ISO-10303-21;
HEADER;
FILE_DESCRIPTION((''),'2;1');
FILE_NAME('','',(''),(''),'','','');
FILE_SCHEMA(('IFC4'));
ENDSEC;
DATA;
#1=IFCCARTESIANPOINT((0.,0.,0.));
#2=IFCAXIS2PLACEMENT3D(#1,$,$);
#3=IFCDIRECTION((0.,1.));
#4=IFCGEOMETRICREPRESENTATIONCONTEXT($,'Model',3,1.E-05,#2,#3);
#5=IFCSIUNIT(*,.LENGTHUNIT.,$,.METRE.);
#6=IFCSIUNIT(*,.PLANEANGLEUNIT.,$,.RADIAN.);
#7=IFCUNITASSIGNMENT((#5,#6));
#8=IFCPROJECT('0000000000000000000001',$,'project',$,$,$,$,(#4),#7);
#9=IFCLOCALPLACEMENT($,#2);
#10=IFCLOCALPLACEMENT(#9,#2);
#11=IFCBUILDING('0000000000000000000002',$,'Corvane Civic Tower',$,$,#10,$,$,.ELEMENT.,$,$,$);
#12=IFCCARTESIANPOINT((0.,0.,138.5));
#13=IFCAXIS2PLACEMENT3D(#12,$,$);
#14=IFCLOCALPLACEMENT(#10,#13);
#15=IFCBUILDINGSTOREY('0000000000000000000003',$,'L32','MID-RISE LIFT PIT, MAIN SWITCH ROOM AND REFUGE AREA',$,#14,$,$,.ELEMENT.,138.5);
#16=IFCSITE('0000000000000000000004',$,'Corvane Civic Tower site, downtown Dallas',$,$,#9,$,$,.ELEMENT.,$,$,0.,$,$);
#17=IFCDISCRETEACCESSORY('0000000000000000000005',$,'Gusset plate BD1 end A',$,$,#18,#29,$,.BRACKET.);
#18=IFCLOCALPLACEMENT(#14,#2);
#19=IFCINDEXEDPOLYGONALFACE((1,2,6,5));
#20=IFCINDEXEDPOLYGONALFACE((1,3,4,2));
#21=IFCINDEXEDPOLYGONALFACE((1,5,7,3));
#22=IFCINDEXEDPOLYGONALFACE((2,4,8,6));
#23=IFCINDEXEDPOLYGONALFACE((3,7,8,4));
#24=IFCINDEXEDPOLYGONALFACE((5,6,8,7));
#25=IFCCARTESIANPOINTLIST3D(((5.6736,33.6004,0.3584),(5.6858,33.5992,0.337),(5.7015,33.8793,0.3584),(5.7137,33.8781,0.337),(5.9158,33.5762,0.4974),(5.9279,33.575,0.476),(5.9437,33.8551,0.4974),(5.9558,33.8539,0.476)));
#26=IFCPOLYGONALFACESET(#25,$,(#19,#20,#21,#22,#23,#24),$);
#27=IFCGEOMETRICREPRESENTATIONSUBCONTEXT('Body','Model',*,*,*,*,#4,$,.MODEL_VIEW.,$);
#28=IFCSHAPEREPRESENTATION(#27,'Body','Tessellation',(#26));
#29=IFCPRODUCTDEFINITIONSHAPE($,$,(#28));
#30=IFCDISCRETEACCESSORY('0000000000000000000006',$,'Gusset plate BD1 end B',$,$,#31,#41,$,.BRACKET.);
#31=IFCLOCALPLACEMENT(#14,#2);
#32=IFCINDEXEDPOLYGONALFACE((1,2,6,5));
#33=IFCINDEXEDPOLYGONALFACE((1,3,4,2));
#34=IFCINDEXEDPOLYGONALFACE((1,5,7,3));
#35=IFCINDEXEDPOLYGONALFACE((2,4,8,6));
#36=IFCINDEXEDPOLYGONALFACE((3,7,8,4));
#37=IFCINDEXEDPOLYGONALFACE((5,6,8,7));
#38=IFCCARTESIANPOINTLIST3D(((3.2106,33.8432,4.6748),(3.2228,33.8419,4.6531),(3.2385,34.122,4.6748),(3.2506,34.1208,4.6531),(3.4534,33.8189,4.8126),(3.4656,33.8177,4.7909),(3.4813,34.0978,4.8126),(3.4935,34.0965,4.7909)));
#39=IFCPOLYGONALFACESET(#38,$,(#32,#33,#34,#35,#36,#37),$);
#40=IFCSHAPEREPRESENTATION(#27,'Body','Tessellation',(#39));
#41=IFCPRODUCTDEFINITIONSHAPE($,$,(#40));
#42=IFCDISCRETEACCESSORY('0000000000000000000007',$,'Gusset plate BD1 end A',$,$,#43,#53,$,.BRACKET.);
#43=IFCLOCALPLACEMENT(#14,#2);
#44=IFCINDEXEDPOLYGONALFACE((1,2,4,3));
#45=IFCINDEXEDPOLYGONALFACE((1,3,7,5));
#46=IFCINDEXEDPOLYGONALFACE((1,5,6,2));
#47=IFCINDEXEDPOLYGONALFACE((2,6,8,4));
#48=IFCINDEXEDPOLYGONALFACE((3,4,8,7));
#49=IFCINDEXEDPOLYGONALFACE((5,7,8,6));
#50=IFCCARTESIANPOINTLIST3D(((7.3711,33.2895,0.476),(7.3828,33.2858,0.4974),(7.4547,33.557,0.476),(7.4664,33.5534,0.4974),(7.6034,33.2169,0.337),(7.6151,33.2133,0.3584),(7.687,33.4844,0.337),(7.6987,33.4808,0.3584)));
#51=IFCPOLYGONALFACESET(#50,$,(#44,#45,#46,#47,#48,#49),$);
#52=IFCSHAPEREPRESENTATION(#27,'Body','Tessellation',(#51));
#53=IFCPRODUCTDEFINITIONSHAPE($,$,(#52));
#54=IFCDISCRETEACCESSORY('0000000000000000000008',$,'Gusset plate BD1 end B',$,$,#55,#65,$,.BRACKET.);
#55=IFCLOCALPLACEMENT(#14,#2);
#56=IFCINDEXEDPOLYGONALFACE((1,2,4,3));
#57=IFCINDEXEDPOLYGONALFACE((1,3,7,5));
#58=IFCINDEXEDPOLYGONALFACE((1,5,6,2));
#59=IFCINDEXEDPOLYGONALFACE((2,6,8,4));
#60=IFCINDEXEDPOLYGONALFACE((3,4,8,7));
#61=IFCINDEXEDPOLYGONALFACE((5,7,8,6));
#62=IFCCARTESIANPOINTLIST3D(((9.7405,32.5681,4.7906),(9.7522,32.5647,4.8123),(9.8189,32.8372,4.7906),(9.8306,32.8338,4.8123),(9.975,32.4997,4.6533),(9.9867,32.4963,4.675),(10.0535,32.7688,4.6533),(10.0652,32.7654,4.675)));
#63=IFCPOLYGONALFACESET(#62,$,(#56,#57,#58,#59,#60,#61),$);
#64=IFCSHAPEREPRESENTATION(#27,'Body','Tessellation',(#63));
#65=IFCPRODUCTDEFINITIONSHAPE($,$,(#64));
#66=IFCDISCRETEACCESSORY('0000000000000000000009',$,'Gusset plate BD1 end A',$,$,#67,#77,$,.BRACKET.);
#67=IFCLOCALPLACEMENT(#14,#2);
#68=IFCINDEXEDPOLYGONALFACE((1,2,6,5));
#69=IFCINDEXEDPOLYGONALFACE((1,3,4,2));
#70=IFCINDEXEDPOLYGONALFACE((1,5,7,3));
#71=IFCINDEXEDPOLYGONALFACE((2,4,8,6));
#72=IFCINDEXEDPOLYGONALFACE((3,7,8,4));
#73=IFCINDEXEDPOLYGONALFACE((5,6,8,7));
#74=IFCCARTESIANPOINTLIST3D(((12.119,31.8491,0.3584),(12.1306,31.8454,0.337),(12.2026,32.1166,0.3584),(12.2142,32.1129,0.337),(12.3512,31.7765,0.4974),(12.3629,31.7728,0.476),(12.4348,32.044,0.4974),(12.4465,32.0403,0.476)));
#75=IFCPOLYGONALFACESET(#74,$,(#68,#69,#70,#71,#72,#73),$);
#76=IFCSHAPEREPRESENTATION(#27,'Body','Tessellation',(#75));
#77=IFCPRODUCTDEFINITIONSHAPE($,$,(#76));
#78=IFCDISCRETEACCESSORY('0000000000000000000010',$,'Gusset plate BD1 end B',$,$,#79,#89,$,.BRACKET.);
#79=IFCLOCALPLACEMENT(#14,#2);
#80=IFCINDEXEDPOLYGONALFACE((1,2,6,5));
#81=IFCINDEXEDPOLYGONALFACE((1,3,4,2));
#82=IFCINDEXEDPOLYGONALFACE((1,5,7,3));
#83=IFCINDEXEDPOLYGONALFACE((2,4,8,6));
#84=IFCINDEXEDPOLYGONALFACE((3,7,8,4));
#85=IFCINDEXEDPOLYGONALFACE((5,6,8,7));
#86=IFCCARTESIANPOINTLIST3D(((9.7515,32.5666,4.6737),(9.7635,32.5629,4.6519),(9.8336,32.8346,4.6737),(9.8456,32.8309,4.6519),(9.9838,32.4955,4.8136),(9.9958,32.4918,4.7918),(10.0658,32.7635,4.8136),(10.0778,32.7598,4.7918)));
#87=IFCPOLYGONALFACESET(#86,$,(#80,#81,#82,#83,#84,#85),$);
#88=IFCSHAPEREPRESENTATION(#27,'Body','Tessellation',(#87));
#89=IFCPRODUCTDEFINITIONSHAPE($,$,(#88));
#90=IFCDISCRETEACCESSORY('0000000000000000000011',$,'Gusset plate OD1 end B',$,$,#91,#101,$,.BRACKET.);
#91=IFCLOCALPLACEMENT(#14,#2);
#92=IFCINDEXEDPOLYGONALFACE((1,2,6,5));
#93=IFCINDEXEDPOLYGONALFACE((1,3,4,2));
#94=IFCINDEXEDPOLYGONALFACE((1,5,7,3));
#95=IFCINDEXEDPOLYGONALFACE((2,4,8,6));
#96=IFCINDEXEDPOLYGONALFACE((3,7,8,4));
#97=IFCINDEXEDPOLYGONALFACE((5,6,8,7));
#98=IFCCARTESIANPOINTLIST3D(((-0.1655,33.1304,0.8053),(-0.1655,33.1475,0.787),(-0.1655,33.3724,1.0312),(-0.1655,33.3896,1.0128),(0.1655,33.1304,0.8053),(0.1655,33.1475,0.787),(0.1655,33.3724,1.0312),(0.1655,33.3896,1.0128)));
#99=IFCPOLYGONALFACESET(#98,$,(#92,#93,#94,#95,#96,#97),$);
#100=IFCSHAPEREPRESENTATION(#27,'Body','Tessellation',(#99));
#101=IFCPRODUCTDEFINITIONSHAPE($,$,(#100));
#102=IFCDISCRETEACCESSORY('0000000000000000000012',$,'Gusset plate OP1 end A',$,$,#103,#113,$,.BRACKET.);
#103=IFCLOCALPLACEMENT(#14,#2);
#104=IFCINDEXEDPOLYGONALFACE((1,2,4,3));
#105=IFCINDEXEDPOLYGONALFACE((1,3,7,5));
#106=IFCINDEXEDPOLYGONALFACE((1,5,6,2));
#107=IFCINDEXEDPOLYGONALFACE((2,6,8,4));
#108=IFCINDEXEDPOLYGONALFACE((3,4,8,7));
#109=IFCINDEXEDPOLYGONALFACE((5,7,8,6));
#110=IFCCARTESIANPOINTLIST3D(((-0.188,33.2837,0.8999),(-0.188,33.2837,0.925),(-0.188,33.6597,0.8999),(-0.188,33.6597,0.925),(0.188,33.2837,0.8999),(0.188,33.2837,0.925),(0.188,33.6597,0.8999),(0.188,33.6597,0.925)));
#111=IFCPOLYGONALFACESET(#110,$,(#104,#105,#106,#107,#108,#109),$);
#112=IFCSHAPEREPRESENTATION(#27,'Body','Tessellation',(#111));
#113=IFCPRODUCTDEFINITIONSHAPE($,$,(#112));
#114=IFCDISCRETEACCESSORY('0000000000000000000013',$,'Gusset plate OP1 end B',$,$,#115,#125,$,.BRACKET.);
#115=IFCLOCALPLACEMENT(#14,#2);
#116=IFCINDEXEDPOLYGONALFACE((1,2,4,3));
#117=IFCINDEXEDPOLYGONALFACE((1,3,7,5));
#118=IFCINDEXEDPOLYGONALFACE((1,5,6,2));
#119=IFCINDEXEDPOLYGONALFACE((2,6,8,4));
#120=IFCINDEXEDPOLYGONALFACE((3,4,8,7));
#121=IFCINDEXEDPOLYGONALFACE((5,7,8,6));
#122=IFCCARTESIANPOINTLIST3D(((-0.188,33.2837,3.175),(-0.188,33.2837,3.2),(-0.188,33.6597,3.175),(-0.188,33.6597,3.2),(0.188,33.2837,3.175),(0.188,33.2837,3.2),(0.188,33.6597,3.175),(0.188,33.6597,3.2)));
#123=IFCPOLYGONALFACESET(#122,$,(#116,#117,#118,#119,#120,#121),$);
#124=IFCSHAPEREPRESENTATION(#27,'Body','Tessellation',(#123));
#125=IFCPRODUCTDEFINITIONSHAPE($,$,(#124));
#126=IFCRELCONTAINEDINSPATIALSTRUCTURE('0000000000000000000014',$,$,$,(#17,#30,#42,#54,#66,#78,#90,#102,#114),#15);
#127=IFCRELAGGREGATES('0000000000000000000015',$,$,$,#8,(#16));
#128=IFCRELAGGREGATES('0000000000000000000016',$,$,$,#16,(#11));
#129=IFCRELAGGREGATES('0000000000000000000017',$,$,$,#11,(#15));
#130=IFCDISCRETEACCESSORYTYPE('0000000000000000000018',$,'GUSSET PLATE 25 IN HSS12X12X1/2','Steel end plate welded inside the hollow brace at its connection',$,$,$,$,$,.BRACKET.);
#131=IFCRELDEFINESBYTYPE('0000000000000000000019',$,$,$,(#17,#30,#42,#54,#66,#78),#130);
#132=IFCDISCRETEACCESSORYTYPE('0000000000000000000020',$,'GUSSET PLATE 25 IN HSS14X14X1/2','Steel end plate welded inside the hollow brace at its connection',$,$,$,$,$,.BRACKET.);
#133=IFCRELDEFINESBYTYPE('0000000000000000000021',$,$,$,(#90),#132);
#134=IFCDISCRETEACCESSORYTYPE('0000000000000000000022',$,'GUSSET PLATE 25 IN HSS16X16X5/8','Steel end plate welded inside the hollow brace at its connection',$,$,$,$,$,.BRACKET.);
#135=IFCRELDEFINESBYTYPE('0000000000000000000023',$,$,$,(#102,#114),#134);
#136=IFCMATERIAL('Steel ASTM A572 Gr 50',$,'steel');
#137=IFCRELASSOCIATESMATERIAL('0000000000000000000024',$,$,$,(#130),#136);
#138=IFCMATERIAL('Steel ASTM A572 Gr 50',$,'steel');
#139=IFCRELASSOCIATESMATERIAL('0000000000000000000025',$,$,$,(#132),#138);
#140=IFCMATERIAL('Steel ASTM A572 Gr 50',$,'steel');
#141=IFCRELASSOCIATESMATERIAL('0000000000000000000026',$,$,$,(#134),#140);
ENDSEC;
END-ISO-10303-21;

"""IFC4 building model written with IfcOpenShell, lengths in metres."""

from ifc_helpers import new_model, si_unit, direction, frame, origin, origin_2d, place, context, subcontext, project, spatial, rectangle, extrude, material, material_profile, profile_set, type_object, element, save


model = new_model("IFC4")

# Units and contexts
model_context = context("Model", 3, precision=1e-05, world=origin(), true_north=direction((0.0, 1.0)))
body_context = subcontext(model_context, "Body", "Model", "MODEL_VIEW")
ifc_project = project(units=[si_unit("LENGTHUNIT", "METRE"), si_unit("PLANEANGLEUNIT", "RADIAN")], contexts=[model_context])

# Site, building, storey
site_placement = place(None, origin())
site = spatial("IfcSite", under=ifc_project, at=site_placement, Name="Corvane Civic Tower site, downtown Dallas", CompositionType="ELEMENT", RefElevation=0.0)
building_placement = place(site_placement, origin())
building = spatial("IfcBuilding", under=site, at=building_placement, Name="Corvane Civic Tower", CompositionType="ELEMENT")
storey_placement = place(building_placement, frame((0.0, 0.0, 138.5)))
storey = spatial("IfcBuildingStorey", under=building, at=storey_placement, Name="L32", Description="MID-RISE LIFT PIT, MAIN SWITCH ROOM AND REFUGE AREA", CompositionType="ELEMENT", Elevation=138.5)

# Discrete accessories
ifc_material_1 = material(Name="Steel ASTM A572 Gr 50", Category="steel")
ifc_material_profile_1 = material_profile(ifc_material_1, rectangle(XDim=0.2803, YDim=0.2803, at=origin_2d()), Name="GUSSET PLATE 25 IN HSS12X12X1/2")
ifc_profile_set_1 = profile_set([ifc_material_profile_1], Name="Steel ASTM A572 Gr 50")
discrete_accessory_type_1 = type_object("IfcDiscreteAccessoryType", Name="GUSSET PLATE 25 IN HSS12X12X1/2", Description="Steel end plate welded inside the hollow brace at its connection", PredefinedType="BRACKET", material=ifc_profile_set_1)
discrete_accessory_1_placement = place(storey_placement, frame((5.8208, 33.7266, 0.4065), z_axis=(-0.493408, 0.049341, 0.868398), x_axis=(-0.099504, -0.995037, 0.0)))
element("IfcDiscreteAccessory", 1, at=discrete_accessory_1_placement, inside=storey, type_object=discrete_accessory_type_1, Name="Gusset plate BD1 end A", PredefinedType="BRACKET", context=body_context, shape_type="SweptSolid", body=[
    extrude(rectangle(XDim=0.2803, YDim=0.2803, at=origin_2d()), origin(), (0.0, 0.0, 1.0), 0.0247),
])
discrete_accessory_2_placement = place(storey_placement, frame((3.3459, 33.9705, 4.7437), z_axis=(0.48921, -0.048921, -0.870793), x_axis=(0.099504, 0.995037, 0.0)))
element("IfcDiscreteAccessory", 2, at=discrete_accessory_2_placement, inside=storey, type_object=discrete_accessory_type_1, Name="Gusset plate BD1 end B", PredefinedType="BRACKET", context=body_context, shape_type="SweptSolid", body=[
    extrude(rectangle(XDim=0.2803, YDim=0.2803, at=origin_2d()), origin(), (0.0, 0.0, 1.0), 0.0249),
])
discrete_accessory_3_placement = place(storey_placement, frame((7.5291, 33.387, 0.4065), z_axis=(0.473579, -0.147993, 0.868228), x_axis=(0.298275, 0.95448, 0.0)))
element("IfcDiscreteAccessory", 3, at=discrete_accessory_3_placement, inside=storey, type_object=discrete_accessory_type_1, Name="Gusset plate BD1 end A", PredefinedType="BRACKET", context=body_context, shape_type="SweptSolid", body=[
    extrude(rectangle(XDim=0.2803, YDim=0.2803, at=origin_2d()), origin(), (0.0, 0.0, 1.0), 0.0247),
])
discrete_accessory_4_placement = place(storey_placement, frame((9.9087, 32.665, 4.7437), z_axis=(-0.470204, 0.137143, -0.871837), x_axis=(-0.28, -0.96, 0.0)))
element("IfcDiscreteAccessory", 4, at=discrete_accessory_4_placement, inside=storey, type_object=discrete_accessory_type_1, Name="Gusset plate BD1 end B", PredefinedType="BRACKET", context=body_context, shape_type="SweptSolid", body=[
    extrude(rectangle(XDim=0.2803, YDim=0.2803, at=origin_2d()), origin(), (0.0, 0.0, 1.0), 0.0249),
])
discrete_accessory_5_placement = place(storey_placement, frame((12.2886, 31.9429, 0.4065), z_axis=(-0.473579, 0.147993, 0.868228), x_axis=(-0.298275, -0.95448, 0.0)))
element("IfcDiscreteAccessory", 5, at=discrete_accessory_5_placement, inside=storey, type_object=discrete_accessory_type_1, Name="Gusset plate BD1 end A", PredefinedType="BRACKET", context=body_context, shape_type="SweptSolid", body=[
    extrude(rectangle(XDim=0.2803, YDim=0.2803, at=origin_2d()), origin(), (0.0, 0.0, 1.0), 0.0247),
])
discrete_accessory_6_placement = place(storey_placement, frame((9.9087, 32.665, 4.7437), z_axis=(0.477124, -0.146058, -0.866614), x_axis=(0.292714, 0.9562, 0.0)))
element("IfcDiscreteAccessory", 6, at=discrete_accessory_6_placement, inside=storey, type_object=discrete_accessory_type_1, Name="Gusset plate BD1 end B", PredefinedType="BRACKET", context=body_context, shape_type="SweptSolid", body=[
    extrude(rectangle(XDim=0.2803, YDim=0.2803, at=origin_2d()), origin(), (0.0, 0.0, 1.0), 0.0251),
])
ifc_material_2 = material(Name="Steel ASTM A572 Gr 50", Category="steel")
ifc_material_profile_2 = material_profile(ifc_material_2, rectangle(XDim=0.3311, YDim=0.3311, at=origin_2d()), Name="GUSSET PLATE 25 IN HSS14X14X1/2")
ifc_profile_set_2 = profile_set([ifc_material_profile_2], Name="Steel ASTM A572 Gr 50")
discrete_accessory_type_2 = type_object("IfcDiscreteAccessoryType", Name="GUSSET PLATE 25 IN HSS14X14X1/2", Description="Steel end plate welded inside the hollow brace at its connection", PredefinedType="BRACKET", material=ifc_profile_set_2)
discrete_accessory_7_placement = place(storey_placement, frame((0.0, 33.2686, 0.8999), z_axis=(0.0, -0.682318, 0.731055), x_axis=(1.0, 0.0, 0.0)))
element("IfcDiscreteAccessory", 7, at=discrete_accessory_7_placement, inside=storey, type_object=discrete_accessory_type_2, Name="Gusset plate OD1 end B", PredefinedType="BRACKET", context=body_context, shape_type="SweptSolid", body=[
    extrude(rectangle(XDim=0.3311, YDim=0.3311, at=origin_2d()), origin(), (0.0, 0.0, 1.0), 0.0251),
])
ifc_material_3 = material(Name="Steel ASTM A572 Gr 50", Category="steel")
ifc_material_profile_3 = material_profile(ifc_material_3, rectangle(XDim=0.376, YDim=0.376, at=origin_2d()), Name="GUSSET PLATE 25 IN HSS16X16X5/8")
ifc_profile_set_3 = profile_set([ifc_material_profile_3], Name="Steel ASTM A572 Gr 50")
discrete_accessory_type_3 = type_object("IfcDiscreteAccessoryType", Name="GUSSET PLATE 25 IN HSS16X16X5/8", Description="Steel end plate welded inside the hollow brace at its connection", PredefinedType="BRACKET", material=ifc_profile_set_3)
discrete_accessory_8_placement = place(storey_placement, frame((0.0, 33.4717, 0.8999), z_axis=(0.0, 0.0, 1.0), x_axis=(1.0, 0.0, 0.0)))
element("IfcDiscreteAccessory", 8, at=discrete_accessory_8_placement, inside=storey, type_object=discrete_accessory_type_3, Name="Gusset plate OP1 end A", PredefinedType="BRACKET", context=body_context, shape_type="SweptSolid", body=[
    extrude(rectangle(XDim=0.376, YDim=0.376, at=origin_2d()), origin(), (0.0, 0.0, 1.0), 0.0251),
])
discrete_accessory_9_placement = place(storey_placement, frame((0.0, 33.4717, 3.2), z_axis=(0.0, 0.0, -1.0), x_axis=(1.0, 0.0, 0.0)))
element("IfcDiscreteAccessory", 9, at=discrete_accessory_9_placement, inside=storey, type_object=discrete_accessory_type_3, Name="Gusset plate OP1 end B", PredefinedType="BRACKET", context=body_context, shape_type="SweptSolid", body=[
    extrude(rectangle(XDim=0.376, YDim=0.376, at=origin_2d()), origin(), (0.0, 0.0, 1.0), 0.0249),
])

save(model, "model.ifc")
